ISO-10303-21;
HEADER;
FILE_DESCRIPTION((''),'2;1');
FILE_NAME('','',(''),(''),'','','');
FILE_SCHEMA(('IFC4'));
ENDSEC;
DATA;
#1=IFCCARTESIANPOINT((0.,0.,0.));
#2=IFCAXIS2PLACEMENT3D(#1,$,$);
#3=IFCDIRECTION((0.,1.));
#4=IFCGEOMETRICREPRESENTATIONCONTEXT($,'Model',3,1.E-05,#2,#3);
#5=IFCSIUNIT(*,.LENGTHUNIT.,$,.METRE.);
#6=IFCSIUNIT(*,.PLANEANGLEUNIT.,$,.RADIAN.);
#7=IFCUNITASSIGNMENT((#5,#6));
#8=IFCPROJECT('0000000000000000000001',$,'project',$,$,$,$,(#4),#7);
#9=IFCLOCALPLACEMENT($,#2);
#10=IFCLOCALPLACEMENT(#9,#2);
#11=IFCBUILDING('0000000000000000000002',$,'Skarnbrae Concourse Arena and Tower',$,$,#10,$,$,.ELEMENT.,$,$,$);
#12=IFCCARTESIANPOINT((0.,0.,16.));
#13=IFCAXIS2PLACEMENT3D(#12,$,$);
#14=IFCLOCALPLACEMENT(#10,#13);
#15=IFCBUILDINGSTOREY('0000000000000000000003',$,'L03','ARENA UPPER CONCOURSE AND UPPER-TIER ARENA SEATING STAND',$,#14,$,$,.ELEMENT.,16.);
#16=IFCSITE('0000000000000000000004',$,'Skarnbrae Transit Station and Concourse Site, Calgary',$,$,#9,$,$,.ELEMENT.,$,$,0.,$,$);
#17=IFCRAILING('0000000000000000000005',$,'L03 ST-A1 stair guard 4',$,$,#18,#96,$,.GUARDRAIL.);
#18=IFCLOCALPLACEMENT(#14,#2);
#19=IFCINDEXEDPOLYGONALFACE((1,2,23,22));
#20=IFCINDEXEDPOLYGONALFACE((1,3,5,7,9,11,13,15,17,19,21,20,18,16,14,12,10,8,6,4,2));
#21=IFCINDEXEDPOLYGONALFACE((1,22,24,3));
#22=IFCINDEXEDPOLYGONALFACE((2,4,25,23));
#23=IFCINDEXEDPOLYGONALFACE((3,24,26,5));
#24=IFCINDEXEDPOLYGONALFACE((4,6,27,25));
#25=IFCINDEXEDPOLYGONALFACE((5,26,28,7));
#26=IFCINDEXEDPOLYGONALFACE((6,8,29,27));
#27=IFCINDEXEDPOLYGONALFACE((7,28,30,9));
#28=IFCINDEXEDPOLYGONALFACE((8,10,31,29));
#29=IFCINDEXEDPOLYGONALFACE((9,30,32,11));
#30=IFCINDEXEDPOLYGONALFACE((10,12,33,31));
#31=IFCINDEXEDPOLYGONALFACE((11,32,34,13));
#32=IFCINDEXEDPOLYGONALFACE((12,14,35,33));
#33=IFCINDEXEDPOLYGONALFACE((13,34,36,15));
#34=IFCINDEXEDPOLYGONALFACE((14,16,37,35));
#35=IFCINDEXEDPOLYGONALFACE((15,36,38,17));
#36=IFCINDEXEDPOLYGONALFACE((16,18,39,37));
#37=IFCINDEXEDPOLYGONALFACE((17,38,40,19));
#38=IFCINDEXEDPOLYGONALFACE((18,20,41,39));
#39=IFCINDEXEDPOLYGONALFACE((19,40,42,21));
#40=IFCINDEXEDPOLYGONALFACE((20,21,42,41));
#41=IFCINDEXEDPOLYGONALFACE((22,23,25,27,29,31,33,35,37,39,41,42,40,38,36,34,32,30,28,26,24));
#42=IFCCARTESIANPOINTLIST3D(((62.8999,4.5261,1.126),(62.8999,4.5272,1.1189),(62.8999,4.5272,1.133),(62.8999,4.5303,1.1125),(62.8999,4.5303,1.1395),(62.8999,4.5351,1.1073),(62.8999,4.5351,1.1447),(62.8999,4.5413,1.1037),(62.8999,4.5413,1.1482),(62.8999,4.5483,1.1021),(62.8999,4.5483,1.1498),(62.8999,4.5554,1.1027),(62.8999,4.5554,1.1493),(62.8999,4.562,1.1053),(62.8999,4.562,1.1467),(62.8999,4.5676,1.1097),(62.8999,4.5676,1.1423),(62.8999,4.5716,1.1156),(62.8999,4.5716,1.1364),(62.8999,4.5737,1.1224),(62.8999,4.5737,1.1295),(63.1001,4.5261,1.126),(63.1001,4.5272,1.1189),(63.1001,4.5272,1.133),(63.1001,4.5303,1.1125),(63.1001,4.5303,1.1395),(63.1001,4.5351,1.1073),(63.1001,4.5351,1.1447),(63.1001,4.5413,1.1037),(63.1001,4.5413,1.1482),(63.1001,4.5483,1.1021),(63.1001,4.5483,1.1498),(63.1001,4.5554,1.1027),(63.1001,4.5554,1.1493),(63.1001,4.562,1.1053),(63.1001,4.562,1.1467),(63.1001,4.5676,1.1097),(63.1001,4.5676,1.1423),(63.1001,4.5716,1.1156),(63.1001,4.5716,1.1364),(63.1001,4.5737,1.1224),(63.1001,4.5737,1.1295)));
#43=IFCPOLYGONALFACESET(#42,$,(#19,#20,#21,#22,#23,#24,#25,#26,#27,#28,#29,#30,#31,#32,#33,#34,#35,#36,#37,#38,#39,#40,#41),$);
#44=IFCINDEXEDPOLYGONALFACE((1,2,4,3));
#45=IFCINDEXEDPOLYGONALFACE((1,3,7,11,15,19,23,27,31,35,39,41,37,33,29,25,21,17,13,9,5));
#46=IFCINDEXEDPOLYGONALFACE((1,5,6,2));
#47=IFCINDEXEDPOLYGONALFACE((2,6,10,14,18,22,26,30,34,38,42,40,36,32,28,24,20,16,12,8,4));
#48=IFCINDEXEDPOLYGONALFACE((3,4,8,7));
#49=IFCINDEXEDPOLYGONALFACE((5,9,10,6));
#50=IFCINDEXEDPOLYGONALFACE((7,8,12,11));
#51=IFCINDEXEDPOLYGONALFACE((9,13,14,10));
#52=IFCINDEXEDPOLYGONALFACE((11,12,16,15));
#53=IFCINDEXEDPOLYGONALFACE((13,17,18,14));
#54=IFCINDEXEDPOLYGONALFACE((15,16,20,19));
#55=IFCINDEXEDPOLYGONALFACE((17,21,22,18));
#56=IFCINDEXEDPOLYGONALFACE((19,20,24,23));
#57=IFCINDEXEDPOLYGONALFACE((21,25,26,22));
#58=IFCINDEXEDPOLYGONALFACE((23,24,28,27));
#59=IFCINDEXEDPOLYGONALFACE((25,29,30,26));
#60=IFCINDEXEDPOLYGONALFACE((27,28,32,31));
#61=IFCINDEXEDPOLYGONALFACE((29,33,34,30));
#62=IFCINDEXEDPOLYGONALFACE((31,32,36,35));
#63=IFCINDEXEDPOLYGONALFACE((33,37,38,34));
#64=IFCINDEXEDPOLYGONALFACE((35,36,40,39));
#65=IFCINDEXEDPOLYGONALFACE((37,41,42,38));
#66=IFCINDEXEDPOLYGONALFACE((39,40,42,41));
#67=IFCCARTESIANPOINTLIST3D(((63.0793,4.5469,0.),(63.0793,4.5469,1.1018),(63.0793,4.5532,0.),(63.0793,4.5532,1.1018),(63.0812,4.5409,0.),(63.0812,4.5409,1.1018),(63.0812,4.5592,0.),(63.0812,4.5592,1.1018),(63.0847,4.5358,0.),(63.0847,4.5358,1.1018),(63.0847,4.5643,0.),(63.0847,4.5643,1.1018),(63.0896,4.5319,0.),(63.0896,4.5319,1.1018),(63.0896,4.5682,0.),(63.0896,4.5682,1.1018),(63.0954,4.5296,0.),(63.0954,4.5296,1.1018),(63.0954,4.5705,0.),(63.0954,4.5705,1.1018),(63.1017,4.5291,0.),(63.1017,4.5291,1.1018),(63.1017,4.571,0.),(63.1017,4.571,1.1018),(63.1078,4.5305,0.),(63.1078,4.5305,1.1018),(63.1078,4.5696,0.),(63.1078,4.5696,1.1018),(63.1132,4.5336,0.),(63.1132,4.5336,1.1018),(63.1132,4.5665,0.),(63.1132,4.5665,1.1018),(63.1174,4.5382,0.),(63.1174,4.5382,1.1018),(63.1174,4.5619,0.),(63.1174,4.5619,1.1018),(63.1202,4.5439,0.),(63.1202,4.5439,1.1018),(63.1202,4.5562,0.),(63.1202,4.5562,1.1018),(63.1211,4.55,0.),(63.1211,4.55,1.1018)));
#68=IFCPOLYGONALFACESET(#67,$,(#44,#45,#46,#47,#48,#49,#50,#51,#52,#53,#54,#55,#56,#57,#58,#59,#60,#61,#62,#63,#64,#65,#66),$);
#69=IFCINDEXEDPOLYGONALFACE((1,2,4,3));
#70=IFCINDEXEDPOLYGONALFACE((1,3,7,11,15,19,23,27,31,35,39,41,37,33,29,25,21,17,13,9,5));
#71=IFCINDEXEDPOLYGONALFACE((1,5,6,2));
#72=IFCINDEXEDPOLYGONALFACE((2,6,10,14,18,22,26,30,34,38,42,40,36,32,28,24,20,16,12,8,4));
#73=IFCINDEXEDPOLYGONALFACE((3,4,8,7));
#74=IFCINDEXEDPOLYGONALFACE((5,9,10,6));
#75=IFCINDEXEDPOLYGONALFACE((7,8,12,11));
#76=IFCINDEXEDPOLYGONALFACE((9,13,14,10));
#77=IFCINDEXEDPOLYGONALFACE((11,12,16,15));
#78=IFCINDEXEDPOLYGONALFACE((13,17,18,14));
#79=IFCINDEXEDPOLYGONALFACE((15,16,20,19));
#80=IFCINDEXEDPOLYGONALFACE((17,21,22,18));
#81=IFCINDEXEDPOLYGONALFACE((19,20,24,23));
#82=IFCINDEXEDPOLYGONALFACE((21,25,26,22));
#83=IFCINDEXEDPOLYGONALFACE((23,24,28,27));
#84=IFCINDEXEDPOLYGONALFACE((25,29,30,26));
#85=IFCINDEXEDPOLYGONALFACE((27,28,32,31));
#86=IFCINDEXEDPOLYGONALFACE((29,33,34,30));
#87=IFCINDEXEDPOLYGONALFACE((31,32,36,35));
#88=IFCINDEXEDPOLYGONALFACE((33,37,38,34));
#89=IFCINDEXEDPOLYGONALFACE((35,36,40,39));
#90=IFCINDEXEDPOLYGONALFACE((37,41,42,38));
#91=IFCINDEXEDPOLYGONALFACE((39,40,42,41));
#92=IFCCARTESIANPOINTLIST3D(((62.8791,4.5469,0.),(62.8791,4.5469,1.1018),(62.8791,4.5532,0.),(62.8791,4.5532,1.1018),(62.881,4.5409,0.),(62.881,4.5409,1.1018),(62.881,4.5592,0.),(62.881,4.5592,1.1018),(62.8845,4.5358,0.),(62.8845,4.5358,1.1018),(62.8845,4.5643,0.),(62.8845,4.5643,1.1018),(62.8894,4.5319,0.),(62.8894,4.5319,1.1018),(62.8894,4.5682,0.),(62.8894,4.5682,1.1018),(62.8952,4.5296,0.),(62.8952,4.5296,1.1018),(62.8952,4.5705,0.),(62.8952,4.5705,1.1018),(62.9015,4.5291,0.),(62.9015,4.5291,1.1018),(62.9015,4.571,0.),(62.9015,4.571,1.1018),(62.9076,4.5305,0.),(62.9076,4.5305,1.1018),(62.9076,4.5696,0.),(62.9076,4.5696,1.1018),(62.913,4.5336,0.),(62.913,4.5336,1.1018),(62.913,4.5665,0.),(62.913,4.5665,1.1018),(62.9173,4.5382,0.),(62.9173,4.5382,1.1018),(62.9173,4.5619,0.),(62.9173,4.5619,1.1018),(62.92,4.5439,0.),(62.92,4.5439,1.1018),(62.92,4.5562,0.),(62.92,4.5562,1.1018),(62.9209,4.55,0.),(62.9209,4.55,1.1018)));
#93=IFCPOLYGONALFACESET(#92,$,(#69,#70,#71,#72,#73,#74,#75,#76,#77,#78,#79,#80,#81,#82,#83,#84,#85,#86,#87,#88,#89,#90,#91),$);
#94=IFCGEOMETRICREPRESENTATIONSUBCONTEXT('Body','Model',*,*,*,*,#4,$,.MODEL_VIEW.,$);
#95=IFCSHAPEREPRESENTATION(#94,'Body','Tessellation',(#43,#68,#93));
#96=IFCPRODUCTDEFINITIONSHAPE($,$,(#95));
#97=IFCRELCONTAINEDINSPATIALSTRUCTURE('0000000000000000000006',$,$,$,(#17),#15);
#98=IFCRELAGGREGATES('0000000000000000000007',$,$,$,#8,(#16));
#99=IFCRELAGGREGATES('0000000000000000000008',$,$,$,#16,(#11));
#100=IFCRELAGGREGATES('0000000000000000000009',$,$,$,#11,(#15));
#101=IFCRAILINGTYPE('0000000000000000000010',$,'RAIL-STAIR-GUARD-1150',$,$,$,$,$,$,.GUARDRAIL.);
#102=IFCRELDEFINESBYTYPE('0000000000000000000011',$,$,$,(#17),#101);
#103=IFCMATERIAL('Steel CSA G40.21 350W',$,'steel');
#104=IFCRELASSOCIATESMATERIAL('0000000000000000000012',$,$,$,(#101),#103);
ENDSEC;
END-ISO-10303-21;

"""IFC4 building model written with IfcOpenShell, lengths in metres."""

from ifc_helpers import new_model, si_unit, direction, frame, origin, origin_2d, place, context, subcontext, project, spatial, circle, extrude, material, type_object, element, save


model = new_model("IFC4")

# Units and contexts
model_context = context("Model", 3, precision=1e-05, world=origin(), true_north=direction((0.0, 1.0)))
body_context = subcontext(model_context, "Body", "Model", "MODEL_VIEW")
ifc_project = project(units=[si_unit("LENGTHUNIT", "METRE"), si_unit("PLANEANGLEUNIT", "RADIAN")], contexts=[model_context])

# Site, building, storey
site_placement = place(None, origin())
site = spatial("IfcSite", under=ifc_project, at=site_placement, Name="Skarnbrae Transit Station and Concourse Site, Calgary", CompositionType="ELEMENT", RefElevation=0.0)
building_placement = place(site_placement, origin())
building = spatial("IfcBuilding", under=site, at=building_placement, Name="Skarnbrae Concourse Arena and Tower", CompositionType="ELEMENT")
storey_placement = place(building_placement, frame((0.0, 0.0, 16.0)))
storey = spatial("IfcBuildingStorey", under=building, at=storey_placement, Name="L03", Description="ARENA UPPER CONCOURSE AND UPPER-TIER ARENA SEATING STAND", CompositionType="ELEMENT", Elevation=16.0)

# Shared definitions
ifc_material_1 = material(Name="Steel CSA G40.21 350W", Category="steel")

# Railing
railing_type_1 = type_object("IfcRailingType", Name="RAIL-STAIR-GUARD-1150", PredefinedType="GUARDRAIL", material=ifc_material_1)
railing_1_placement = place(storey_placement, frame((63.1001, 4.55, 0.0)))
element("IfcRailing", 1, at=railing_1_placement, inside=storey, type_object=railing_type_1, Name="L03 ST-A1 stair guard 4", PredefinedType="GUARDRAIL", context=body_context, shape_type="SweptSolid", body=[
    extrude(circle(Radius=0.0239, at=origin_2d()), frame((0.0, 0.0, 1.126), z_axis=(-1.0, 0.0, 0.0), x_axis=(0.0, -1.0, 0.0)), (0.0, 0.0, 1.0), 0.2002),
    extrude(circle(Radius=0.021, at=origin_2d()), origin(), (0.0, 0.0, 1.0), 1.1018),
    extrude(circle(Radius=0.021, at=origin_2d()), frame((-0.2002, 0.0, 0.0)), (0.0, 0.0, 1.0), 1.1018),
])

save(model, "model.ifc")
